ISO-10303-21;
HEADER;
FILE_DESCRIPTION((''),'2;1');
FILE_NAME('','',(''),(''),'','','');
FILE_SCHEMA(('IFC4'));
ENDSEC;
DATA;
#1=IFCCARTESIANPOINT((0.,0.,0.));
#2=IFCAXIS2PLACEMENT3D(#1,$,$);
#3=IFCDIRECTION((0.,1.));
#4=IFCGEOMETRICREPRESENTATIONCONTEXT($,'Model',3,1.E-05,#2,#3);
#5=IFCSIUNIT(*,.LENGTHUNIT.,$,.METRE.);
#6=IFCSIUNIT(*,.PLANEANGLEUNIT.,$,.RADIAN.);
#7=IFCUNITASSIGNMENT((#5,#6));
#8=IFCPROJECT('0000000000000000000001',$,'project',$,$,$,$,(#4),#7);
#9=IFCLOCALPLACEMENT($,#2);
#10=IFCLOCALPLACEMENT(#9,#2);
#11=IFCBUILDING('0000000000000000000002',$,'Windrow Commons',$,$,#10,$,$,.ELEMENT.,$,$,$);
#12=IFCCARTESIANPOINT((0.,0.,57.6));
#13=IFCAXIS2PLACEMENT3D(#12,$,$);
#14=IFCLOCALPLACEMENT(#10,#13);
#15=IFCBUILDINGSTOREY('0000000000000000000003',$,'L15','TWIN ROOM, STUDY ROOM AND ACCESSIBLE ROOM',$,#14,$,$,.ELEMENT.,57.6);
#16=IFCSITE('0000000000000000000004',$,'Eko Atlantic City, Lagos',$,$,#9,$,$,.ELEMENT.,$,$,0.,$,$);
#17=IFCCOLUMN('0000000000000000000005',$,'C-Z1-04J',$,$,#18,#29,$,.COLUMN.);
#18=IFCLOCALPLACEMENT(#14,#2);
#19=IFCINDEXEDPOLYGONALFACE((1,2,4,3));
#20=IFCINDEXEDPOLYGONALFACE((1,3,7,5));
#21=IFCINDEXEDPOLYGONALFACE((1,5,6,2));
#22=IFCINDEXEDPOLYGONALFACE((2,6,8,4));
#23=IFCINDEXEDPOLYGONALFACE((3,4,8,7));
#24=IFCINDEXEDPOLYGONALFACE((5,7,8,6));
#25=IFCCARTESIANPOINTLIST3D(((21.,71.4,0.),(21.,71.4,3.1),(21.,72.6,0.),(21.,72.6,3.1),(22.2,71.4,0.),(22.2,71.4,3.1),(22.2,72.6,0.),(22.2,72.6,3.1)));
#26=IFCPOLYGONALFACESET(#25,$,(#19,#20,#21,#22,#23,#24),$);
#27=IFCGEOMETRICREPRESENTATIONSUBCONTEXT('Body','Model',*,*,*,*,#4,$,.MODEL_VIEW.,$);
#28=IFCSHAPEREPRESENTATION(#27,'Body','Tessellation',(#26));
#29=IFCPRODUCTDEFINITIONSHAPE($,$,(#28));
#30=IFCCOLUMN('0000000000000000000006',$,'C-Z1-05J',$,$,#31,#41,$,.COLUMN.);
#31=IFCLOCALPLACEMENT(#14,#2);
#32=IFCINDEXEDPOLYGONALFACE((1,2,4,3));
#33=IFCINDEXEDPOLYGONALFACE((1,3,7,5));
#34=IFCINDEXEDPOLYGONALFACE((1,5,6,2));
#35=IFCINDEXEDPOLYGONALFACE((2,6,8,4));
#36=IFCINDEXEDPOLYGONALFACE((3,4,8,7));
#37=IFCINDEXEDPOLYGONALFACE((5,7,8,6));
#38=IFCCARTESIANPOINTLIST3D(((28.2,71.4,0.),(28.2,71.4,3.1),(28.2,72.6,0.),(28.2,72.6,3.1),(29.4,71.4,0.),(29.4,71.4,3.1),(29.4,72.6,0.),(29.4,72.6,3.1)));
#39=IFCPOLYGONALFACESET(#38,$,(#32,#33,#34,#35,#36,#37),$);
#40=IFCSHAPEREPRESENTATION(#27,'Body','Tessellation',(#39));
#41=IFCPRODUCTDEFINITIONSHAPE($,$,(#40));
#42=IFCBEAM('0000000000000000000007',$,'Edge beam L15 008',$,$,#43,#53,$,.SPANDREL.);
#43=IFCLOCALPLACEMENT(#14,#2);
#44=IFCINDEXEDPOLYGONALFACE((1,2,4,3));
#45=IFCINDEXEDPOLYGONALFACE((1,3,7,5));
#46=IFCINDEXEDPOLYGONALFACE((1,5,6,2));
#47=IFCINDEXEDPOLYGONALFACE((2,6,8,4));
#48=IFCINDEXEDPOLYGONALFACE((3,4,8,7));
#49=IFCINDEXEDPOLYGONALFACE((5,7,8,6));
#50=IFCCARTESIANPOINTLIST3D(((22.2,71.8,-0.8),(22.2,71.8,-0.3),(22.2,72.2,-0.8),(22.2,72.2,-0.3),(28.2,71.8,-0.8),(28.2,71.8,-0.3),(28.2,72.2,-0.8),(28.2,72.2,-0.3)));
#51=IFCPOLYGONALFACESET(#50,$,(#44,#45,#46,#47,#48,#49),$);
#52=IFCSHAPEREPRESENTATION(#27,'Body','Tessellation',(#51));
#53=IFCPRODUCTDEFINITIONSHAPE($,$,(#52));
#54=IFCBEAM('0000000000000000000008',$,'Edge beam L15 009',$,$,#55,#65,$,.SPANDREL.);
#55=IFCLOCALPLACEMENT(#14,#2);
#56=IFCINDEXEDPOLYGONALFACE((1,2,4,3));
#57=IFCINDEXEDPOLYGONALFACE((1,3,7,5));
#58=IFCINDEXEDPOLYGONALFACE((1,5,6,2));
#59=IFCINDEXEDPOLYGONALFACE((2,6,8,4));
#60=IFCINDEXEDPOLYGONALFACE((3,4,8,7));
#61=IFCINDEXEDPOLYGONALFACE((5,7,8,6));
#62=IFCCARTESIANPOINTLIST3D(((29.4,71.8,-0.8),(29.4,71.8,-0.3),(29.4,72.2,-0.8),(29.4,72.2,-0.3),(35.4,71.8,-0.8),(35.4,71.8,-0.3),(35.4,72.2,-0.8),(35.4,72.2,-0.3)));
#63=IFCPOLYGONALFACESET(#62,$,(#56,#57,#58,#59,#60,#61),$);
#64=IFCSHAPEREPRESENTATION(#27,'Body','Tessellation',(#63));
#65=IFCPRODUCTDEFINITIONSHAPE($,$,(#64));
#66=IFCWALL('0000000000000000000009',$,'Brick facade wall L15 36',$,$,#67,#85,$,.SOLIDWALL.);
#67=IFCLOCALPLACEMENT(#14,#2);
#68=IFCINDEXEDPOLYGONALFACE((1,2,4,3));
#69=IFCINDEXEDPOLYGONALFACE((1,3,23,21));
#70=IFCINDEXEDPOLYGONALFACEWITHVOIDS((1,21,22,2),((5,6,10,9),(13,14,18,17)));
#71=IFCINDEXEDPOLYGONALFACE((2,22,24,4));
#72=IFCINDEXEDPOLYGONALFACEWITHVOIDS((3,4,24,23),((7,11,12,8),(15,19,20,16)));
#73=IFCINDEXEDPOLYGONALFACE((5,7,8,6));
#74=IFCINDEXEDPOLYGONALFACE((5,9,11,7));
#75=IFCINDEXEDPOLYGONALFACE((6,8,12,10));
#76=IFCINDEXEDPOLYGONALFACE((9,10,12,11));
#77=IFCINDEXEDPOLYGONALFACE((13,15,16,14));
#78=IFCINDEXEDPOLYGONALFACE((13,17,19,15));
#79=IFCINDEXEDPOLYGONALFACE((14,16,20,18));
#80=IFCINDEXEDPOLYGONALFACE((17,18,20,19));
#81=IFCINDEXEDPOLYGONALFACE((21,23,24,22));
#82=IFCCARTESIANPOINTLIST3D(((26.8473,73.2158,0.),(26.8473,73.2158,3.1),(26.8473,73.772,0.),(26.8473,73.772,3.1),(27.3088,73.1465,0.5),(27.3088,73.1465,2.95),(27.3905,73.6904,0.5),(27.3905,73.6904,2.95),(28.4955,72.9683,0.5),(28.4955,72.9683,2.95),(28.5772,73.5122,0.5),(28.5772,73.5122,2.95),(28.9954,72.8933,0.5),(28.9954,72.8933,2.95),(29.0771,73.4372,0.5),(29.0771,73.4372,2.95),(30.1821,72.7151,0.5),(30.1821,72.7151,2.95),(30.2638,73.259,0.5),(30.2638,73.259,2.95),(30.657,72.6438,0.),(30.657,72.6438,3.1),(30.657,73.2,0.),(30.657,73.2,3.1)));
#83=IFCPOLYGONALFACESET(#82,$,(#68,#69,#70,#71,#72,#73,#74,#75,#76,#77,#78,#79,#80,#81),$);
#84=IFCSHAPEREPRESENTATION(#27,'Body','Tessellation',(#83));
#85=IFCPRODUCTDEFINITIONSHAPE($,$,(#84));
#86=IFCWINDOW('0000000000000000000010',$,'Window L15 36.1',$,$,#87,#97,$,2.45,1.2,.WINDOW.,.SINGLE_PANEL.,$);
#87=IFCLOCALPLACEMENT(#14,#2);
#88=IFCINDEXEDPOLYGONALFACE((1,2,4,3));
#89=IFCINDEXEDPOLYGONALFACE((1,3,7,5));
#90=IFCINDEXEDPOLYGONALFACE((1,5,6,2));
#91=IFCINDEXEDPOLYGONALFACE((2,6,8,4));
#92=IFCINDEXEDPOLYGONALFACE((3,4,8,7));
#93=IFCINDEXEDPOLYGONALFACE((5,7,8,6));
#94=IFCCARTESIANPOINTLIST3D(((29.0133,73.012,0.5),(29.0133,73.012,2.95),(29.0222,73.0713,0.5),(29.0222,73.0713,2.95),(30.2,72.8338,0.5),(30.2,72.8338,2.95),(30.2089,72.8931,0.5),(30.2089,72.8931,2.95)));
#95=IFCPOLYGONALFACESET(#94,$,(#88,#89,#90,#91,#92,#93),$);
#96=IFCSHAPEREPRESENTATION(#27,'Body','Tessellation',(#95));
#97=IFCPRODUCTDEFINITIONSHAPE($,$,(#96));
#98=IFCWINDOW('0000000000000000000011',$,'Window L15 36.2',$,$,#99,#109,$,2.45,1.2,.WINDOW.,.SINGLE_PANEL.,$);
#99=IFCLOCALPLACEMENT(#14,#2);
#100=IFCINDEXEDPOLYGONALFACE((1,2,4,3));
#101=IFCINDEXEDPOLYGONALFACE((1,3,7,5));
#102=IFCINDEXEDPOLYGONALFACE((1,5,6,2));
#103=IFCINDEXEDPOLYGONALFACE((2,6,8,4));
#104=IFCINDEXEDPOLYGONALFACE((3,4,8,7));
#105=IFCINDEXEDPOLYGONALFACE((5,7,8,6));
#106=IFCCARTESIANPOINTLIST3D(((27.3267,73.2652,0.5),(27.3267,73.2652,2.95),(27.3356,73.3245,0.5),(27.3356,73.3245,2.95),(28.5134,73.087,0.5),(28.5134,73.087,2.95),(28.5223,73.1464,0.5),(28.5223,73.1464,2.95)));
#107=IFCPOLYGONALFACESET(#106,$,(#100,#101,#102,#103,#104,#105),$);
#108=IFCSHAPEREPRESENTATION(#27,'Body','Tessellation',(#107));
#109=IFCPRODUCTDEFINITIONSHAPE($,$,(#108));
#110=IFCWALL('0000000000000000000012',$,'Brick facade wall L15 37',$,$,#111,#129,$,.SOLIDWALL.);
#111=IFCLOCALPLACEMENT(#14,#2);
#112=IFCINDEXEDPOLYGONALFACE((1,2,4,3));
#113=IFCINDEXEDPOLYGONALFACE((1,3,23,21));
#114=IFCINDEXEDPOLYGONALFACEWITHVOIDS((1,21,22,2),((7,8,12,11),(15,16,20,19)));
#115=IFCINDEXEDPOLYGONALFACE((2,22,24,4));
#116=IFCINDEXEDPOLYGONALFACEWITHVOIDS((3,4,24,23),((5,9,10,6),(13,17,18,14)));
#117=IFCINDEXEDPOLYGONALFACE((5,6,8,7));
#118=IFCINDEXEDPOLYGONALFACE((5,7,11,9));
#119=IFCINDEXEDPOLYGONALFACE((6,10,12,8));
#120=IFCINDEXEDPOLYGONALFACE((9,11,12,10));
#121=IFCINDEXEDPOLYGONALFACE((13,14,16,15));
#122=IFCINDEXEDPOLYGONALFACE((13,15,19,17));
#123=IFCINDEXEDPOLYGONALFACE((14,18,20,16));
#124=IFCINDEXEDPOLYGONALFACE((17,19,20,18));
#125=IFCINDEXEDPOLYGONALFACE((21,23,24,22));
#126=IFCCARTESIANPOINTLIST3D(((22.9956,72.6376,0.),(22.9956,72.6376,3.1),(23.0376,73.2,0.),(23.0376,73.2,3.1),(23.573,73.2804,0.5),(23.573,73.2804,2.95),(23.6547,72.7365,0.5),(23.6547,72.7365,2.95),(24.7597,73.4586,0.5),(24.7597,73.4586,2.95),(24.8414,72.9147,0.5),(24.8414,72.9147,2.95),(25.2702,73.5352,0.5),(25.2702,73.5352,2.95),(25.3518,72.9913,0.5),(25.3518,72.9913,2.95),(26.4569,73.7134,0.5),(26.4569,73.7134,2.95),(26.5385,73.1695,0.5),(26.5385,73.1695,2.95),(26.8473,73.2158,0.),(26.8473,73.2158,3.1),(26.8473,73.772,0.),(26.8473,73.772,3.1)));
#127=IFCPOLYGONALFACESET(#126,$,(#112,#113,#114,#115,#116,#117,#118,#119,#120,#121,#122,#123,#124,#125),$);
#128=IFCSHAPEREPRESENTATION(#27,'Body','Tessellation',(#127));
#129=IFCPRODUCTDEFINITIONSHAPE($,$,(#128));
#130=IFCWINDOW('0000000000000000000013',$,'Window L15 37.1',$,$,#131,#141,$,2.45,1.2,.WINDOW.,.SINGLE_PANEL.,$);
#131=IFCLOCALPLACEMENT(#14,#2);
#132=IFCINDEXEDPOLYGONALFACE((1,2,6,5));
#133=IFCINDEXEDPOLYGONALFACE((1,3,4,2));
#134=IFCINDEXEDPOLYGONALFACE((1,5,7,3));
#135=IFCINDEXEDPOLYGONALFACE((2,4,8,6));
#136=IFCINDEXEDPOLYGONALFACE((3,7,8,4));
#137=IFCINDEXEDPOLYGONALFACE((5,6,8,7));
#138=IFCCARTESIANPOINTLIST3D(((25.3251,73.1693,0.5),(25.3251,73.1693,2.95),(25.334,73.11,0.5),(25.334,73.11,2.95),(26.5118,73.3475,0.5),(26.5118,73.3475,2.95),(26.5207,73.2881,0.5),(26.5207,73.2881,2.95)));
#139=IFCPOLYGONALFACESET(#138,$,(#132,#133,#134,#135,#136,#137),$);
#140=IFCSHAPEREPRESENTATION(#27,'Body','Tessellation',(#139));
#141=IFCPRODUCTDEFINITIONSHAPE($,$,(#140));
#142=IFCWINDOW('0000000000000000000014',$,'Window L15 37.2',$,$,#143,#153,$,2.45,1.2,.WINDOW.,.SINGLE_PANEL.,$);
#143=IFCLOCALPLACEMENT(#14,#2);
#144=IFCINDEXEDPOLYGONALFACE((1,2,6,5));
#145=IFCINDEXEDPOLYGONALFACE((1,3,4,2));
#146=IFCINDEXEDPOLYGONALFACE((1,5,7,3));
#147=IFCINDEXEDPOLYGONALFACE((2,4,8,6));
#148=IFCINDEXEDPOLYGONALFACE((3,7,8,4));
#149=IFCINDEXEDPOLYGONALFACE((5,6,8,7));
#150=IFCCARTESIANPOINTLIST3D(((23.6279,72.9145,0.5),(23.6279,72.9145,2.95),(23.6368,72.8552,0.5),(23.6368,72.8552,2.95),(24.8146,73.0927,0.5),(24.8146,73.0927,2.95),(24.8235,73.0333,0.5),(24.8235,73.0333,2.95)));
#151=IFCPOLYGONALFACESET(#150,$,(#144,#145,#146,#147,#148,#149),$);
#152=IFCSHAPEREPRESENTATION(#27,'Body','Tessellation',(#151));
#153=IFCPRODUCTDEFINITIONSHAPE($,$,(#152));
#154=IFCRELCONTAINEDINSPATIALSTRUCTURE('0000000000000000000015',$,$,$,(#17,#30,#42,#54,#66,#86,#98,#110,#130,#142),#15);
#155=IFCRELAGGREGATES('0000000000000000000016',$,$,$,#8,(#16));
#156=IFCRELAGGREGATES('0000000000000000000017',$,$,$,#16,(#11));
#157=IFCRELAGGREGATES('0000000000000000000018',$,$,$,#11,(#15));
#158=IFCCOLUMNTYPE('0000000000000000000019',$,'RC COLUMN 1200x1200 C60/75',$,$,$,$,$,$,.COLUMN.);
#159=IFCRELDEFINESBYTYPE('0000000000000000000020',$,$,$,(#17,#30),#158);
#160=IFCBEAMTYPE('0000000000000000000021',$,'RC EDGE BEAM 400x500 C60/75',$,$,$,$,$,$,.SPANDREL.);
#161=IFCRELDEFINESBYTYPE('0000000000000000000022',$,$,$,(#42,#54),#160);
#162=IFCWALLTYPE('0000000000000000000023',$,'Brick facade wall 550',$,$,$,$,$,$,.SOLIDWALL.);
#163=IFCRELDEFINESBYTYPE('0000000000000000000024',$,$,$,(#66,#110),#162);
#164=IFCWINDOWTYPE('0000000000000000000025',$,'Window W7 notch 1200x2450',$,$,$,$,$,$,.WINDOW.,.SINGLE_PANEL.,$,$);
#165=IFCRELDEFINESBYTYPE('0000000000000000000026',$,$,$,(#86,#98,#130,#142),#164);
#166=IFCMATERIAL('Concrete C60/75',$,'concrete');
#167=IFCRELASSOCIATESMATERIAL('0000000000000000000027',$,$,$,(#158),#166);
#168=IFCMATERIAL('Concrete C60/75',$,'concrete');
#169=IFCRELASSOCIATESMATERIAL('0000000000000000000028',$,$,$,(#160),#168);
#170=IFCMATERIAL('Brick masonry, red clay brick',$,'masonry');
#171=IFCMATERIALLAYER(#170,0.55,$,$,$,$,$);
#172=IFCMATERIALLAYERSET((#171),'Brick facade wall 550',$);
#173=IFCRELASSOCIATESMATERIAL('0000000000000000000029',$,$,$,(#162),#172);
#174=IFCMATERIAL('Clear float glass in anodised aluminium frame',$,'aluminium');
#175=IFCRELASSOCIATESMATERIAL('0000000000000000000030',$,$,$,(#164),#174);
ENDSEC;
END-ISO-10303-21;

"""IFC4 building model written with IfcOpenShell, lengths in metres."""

from ifc_helpers import new_model, si_unit, direction, frame, frame_2d, origin, origin_2d, place, context, subcontext, project, spatial, polyline, rectangle, outline, extrude, material, layer, layer_set, material_profile, profile_set, type_object, element, fill, save


model = new_model("IFC4")

# Units and contexts
model_context = context("Model", 3, precision=1e-05, world=origin(), true_north=direction((0.0, 1.0)))
body_context = subcontext(model_context, "Body", "Model", "MODEL_VIEW")
ifc_project = project(units=[si_unit("LENGTHUNIT", "METRE"), si_unit("PLANEANGLEUNIT", "RADIAN")], contexts=[model_context])

# Site, building, storey
site_placement = place(None, origin())
site = spatial("IfcSite", under=ifc_project, at=site_placement, Name="Eko Atlantic City, Lagos", CompositionType="ELEMENT", RefElevation=0.0)
building_placement = place(site_placement, origin())
building = spatial("IfcBuilding", under=site, at=building_placement, Name="Windrow Commons", CompositionType="ELEMENT")
storey_placement = place(building_placement, frame((0.0, 0.0, 57.6)))
storey = spatial("IfcBuildingStorey", under=building, at=storey_placement, Name="L15", Description="TWIN ROOM, STUDY ROOM AND ACCESSIBLE ROOM", CompositionType="ELEMENT", Elevation=57.6)

# Columns
ifc_material_1 = material(Name="Concrete C60/75", Category="concrete")
ifc_material_profile_1 = material_profile(ifc_material_1, rectangle(XDim=1.2, YDim=1.2, at=origin_2d()))
ifc_profile_set_1 = profile_set([ifc_material_profile_1], Name="Concrete C60/75")
column_type = type_object("IfcColumnType", Name="RC COLUMN 1200x1200 C60/75", PredefinedType="COLUMN", material=ifc_profile_set_1)
for number, where, z_axis, x_axis, name in (
    (1, (21.6, 72.0, 0.0), (0.0, 0.0, 1.0), (1.0, 0.0, 0.0), "C-Z1-04J"),
    (2, (28.8, 72.0, 0.0), (0.0, 0.0, 1.0), (1.0, 0.0, 0.0), "C-Z1-05J"),
):
    element("IfcColumn", number, at=place(storey_placement, frame(where, z_axis=z_axis, x_axis=x_axis)), inside=storey, type_object=column_type, Name=name, PredefinedType="COLUMN", context=body_context, shape_type="SweptSolid", body=[
        extrude(rectangle(XDim=1.2, YDim=1.2, at=origin_2d()), origin(), (0.0, 0.0, 1.0), 3.1),
    ])

# Beams
ifc_material_2 = material(Name="Concrete C60/75", Category="concrete")
ifc_material_profile_2 = material_profile(ifc_material_2, rectangle(XDim=0.4, YDim=0.5, at=origin_2d()))
ifc_profile_set_2 = profile_set([ifc_material_profile_2], Name="Concrete C60/75")
beam_type = type_object("IfcBeamType", Name="RC EDGE BEAM 400x500 C60/75", PredefinedType="SPANDREL", material=ifc_profile_set_2)
for number, where, z_axis, x_axis, name in (
    (3, (22.2, 72.0, -0.55), (1.0, 0.0, 0.0), (0.0, 1.0, 0.0), "Edge beam L15 008"),
    (4, (29.4, 72.0, -0.55), (1.0, 0.0, 0.0), (0.0, 1.0, 0.0), "Edge beam L15 009"),
):
    element("IfcBeam", number, at=place(storey_placement, frame(where, z_axis=z_axis, x_axis=x_axis)), inside=storey, type_object=beam_type, Name=name, PredefinedType="SPANDREL", context=body_context, shape_type="SweptSolid", body=[
        extrude(rectangle(XDim=0.4, YDim=0.5, at=origin_2d()), origin(), (0.0, 0.0, 1.0), 6.0),
    ])

# Walls, openings, windows
ifc_material_3 = material(Name="Brick masonry, red clay brick", Category="masonry")
ifc_layer_1 = layer(ifc_material_3, 0.55)
ifc_layer_set_1 = layer_set([ifc_layer_1], Name="Brick facade wall 550")
wall_type_1 = type_object("IfcWallType", Name="Brick facade wall 550", PredefinedType="SOLIDWALL", material=ifc_layer_set_1)
wall_1_placement = place(storey_placement, frame((30.657, 72.9219, 0.0), z_axis=(0.0, 0.0, 1.0), x_axis=(-0.988916, 0.148479, 0.0)))
wall_1 = element("IfcWall", 5, at=wall_1_placement, inside=storey, type_object=wall_type_1, Name="Brick facade wall L15 36", PredefinedType="SOLIDWALL", context=body_context, shape_type="SweptSolid", body=[
    extrude(outline(polyline([(0.0413, -0.275), (3.8937, -0.275), (3.8111, 0.275), (-0.0413, 0.275), (0.0413, -0.275)])), origin(), (0.0, 0.0, 1.0), 3.1),
])
opening_1_placement = place(wall_1_placement, frame((0.4389, 0.0, 0.5)))
opening_1 = element("IfcOpeningElement", 6, at=opening_1_placement, cuts=wall_1, PredefinedType="OPENING", context=body_context, shape_type="SweptSolid", body=[
    extrude(rectangle(XDim=1.2, YDim=2.45, at=frame_2d((0.6, 1.225))), frame((0.0, 0.285, 0.0), z_axis=(0.0, -1.0, 0.0), x_axis=(1.0, 0.0, 0.0)), (0.0, 0.0, 1.0), 0.57),
])
opening_2_placement = place(wall_1_placement, frame((2.1444, 0.0, 0.5)))
opening_2 = element("IfcOpeningElement", 7, at=opening_2_placement, cuts=wall_1, PredefinedType="OPENING", context=body_context, shape_type="SweptSolid", body=[
    extrude(rectangle(XDim=1.2, YDim=2.45, at=frame_2d((0.6, 1.225))), frame((0.0, 0.285, 0.0), z_axis=(0.0, -1.0, 0.0), x_axis=(1.0, 0.0, 0.0)), (0.0, 0.0, 1.0), 0.57),
])
ifc_material_4 = material(Name="Clear float glass in anodised aluminium frame", Category="aluminium")
window_type_1 = type_object("IfcWindowType", Name="Window W7 notch 1200x2450", PartitioningType="SINGLE_PANEL", PredefinedType="WINDOW", material=ifc_material_4)
window_1_placement = place(opening_1_placement, origin())
window_1 = element("IfcWindow", 8, at=window_1_placement, inside=storey, type_object=window_type_1, Name="Window L15 36.1", OverallHeight=2.45, OverallWidth=1.2, PartitioningType="SINGLE_PANEL", PredefinedType="WINDOW", context=body_context, shape_type="SweptSolid", body=[
    extrude(rectangle(XDim=1.2, YDim=2.45, at=frame_2d((0.6, 1.225))), frame((0.0, 0.155, 0.0), z_axis=(0.0, -1.0, 0.0), x_axis=(1.0, 0.0, 0.0)), (0.0, 0.0, 1.0), 0.06),
])
fill(opening_1, window_1)
window_2_placement = place(opening_2_placement, origin())
window_2 = element("IfcWindow", 9, at=window_2_placement, inside=storey, type_object=window_type_1, Name="Window L15 36.2", OverallHeight=2.45, OverallWidth=1.2, PartitioningType="SINGLE_PANEL", PredefinedType="WINDOW", context=body_context, shape_type="SweptSolid", body=[
    extrude(rectangle(XDim=1.2, YDim=2.45, at=frame_2d((0.6, 1.225))), frame((0.0, 0.155, 0.0), z_axis=(0.0, -1.0, 0.0), x_axis=(1.0, 0.0, 0.0)), (0.0, 0.0, 1.0), 0.06),
])
fill(opening_2, window_2)
wall_2_placement = place(storey_placement, frame((26.8473, 73.4939, 0.0), z_axis=(0.0, 0.0, 1.0), x_axis=(-0.988918, -0.148465, 0.0)))
wall_2 = element("IfcWall", 10, at=wall_2_placement, inside=storey, type_object=wall_type_1, Name="Brick facade wall L15 37", PredefinedType="SOLIDWALL", context=body_context, shape_type="SweptSolid", body=[
    extrude(outline(polyline([(-0.0413, -0.275), (3.8111, -0.275), (3.9362, 0.275), (0.0413, 0.275), (-0.0413, -0.275)])), origin(), (0.0, 0.0, 1.0), 3.1),
])
opening_3_placement = place(wall_2_placement, frame((0.3535, 0.0, 0.5)))
opening_3 = element("IfcOpeningElement", 11, at=opening_3_placement, cuts=wall_2, PredefinedType="OPENING", context=body_context, shape_type="SweptSolid", body=[
    extrude(rectangle(XDim=1.2, YDim=2.45, at=frame_2d((0.6, 1.225))), frame((0.0, 0.285, 0.0), z_axis=(0.0, -1.0, 0.0), x_axis=(1.0, 0.0, 0.0)), (0.0, 0.0, 1.0), 0.57),
])
opening_4_placement = place(wall_2_placement, frame((2.0697, 0.0, 0.5)))
opening_4 = element("IfcOpeningElement", 12, at=opening_4_placement, cuts=wall_2, PredefinedType="OPENING", context=body_context, shape_type="SweptSolid", body=[
    extrude(rectangle(XDim=1.2, YDim=2.45, at=frame_2d((0.6, 1.225))), frame((0.0, 0.285, 0.0), z_axis=(0.0, -1.0, 0.0), x_axis=(1.0, 0.0, 0.0)), (0.0, 0.0, 1.0), 0.57),
])
window_3_placement = place(opening_3_placement, origin())
window_3 = element("IfcWindow", 13, at=window_3_placement, inside=storey, type_object=window_type_1, Name="Window L15 37.1", OverallHeight=2.45, OverallWidth=1.2, PartitioningType="SINGLE_PANEL", PredefinedType="WINDOW", context=body_context, shape_type="SweptSolid", body=[
    extrude(rectangle(XDim=1.2, YDim=2.45, at=frame_2d((0.6, 1.225))), frame((0.0, 0.155, 0.0), z_axis=(0.0, -1.0, 0.0), x_axis=(1.0, 0.0, 0.0)), (0.0, 0.0, 1.0), 0.06),
])
fill(opening_3, window_3)
window_4_placement = place(opening_4_placement, origin())
window_4 = element("IfcWindow", 14, at=window_4_placement, inside=storey, type_object=window_type_1, Name="Window L15 37.2", OverallHeight=2.45, OverallWidth=1.2, PartitioningType="SINGLE_PANEL", PredefinedType="WINDOW", context=body_context, shape_type="SweptSolid", body=[
    extrude(rectangle(XDim=1.2, YDim=2.45, at=frame_2d((0.6, 1.225))), frame((0.0, 0.155, 0.0), z_axis=(0.0, -1.0, 0.0), x_axis=(1.0, 0.0, 0.0)), (0.0, 0.0, 1.0), 0.06),
])
fill(opening_4, window_4)

save(model, "model.ifc")
